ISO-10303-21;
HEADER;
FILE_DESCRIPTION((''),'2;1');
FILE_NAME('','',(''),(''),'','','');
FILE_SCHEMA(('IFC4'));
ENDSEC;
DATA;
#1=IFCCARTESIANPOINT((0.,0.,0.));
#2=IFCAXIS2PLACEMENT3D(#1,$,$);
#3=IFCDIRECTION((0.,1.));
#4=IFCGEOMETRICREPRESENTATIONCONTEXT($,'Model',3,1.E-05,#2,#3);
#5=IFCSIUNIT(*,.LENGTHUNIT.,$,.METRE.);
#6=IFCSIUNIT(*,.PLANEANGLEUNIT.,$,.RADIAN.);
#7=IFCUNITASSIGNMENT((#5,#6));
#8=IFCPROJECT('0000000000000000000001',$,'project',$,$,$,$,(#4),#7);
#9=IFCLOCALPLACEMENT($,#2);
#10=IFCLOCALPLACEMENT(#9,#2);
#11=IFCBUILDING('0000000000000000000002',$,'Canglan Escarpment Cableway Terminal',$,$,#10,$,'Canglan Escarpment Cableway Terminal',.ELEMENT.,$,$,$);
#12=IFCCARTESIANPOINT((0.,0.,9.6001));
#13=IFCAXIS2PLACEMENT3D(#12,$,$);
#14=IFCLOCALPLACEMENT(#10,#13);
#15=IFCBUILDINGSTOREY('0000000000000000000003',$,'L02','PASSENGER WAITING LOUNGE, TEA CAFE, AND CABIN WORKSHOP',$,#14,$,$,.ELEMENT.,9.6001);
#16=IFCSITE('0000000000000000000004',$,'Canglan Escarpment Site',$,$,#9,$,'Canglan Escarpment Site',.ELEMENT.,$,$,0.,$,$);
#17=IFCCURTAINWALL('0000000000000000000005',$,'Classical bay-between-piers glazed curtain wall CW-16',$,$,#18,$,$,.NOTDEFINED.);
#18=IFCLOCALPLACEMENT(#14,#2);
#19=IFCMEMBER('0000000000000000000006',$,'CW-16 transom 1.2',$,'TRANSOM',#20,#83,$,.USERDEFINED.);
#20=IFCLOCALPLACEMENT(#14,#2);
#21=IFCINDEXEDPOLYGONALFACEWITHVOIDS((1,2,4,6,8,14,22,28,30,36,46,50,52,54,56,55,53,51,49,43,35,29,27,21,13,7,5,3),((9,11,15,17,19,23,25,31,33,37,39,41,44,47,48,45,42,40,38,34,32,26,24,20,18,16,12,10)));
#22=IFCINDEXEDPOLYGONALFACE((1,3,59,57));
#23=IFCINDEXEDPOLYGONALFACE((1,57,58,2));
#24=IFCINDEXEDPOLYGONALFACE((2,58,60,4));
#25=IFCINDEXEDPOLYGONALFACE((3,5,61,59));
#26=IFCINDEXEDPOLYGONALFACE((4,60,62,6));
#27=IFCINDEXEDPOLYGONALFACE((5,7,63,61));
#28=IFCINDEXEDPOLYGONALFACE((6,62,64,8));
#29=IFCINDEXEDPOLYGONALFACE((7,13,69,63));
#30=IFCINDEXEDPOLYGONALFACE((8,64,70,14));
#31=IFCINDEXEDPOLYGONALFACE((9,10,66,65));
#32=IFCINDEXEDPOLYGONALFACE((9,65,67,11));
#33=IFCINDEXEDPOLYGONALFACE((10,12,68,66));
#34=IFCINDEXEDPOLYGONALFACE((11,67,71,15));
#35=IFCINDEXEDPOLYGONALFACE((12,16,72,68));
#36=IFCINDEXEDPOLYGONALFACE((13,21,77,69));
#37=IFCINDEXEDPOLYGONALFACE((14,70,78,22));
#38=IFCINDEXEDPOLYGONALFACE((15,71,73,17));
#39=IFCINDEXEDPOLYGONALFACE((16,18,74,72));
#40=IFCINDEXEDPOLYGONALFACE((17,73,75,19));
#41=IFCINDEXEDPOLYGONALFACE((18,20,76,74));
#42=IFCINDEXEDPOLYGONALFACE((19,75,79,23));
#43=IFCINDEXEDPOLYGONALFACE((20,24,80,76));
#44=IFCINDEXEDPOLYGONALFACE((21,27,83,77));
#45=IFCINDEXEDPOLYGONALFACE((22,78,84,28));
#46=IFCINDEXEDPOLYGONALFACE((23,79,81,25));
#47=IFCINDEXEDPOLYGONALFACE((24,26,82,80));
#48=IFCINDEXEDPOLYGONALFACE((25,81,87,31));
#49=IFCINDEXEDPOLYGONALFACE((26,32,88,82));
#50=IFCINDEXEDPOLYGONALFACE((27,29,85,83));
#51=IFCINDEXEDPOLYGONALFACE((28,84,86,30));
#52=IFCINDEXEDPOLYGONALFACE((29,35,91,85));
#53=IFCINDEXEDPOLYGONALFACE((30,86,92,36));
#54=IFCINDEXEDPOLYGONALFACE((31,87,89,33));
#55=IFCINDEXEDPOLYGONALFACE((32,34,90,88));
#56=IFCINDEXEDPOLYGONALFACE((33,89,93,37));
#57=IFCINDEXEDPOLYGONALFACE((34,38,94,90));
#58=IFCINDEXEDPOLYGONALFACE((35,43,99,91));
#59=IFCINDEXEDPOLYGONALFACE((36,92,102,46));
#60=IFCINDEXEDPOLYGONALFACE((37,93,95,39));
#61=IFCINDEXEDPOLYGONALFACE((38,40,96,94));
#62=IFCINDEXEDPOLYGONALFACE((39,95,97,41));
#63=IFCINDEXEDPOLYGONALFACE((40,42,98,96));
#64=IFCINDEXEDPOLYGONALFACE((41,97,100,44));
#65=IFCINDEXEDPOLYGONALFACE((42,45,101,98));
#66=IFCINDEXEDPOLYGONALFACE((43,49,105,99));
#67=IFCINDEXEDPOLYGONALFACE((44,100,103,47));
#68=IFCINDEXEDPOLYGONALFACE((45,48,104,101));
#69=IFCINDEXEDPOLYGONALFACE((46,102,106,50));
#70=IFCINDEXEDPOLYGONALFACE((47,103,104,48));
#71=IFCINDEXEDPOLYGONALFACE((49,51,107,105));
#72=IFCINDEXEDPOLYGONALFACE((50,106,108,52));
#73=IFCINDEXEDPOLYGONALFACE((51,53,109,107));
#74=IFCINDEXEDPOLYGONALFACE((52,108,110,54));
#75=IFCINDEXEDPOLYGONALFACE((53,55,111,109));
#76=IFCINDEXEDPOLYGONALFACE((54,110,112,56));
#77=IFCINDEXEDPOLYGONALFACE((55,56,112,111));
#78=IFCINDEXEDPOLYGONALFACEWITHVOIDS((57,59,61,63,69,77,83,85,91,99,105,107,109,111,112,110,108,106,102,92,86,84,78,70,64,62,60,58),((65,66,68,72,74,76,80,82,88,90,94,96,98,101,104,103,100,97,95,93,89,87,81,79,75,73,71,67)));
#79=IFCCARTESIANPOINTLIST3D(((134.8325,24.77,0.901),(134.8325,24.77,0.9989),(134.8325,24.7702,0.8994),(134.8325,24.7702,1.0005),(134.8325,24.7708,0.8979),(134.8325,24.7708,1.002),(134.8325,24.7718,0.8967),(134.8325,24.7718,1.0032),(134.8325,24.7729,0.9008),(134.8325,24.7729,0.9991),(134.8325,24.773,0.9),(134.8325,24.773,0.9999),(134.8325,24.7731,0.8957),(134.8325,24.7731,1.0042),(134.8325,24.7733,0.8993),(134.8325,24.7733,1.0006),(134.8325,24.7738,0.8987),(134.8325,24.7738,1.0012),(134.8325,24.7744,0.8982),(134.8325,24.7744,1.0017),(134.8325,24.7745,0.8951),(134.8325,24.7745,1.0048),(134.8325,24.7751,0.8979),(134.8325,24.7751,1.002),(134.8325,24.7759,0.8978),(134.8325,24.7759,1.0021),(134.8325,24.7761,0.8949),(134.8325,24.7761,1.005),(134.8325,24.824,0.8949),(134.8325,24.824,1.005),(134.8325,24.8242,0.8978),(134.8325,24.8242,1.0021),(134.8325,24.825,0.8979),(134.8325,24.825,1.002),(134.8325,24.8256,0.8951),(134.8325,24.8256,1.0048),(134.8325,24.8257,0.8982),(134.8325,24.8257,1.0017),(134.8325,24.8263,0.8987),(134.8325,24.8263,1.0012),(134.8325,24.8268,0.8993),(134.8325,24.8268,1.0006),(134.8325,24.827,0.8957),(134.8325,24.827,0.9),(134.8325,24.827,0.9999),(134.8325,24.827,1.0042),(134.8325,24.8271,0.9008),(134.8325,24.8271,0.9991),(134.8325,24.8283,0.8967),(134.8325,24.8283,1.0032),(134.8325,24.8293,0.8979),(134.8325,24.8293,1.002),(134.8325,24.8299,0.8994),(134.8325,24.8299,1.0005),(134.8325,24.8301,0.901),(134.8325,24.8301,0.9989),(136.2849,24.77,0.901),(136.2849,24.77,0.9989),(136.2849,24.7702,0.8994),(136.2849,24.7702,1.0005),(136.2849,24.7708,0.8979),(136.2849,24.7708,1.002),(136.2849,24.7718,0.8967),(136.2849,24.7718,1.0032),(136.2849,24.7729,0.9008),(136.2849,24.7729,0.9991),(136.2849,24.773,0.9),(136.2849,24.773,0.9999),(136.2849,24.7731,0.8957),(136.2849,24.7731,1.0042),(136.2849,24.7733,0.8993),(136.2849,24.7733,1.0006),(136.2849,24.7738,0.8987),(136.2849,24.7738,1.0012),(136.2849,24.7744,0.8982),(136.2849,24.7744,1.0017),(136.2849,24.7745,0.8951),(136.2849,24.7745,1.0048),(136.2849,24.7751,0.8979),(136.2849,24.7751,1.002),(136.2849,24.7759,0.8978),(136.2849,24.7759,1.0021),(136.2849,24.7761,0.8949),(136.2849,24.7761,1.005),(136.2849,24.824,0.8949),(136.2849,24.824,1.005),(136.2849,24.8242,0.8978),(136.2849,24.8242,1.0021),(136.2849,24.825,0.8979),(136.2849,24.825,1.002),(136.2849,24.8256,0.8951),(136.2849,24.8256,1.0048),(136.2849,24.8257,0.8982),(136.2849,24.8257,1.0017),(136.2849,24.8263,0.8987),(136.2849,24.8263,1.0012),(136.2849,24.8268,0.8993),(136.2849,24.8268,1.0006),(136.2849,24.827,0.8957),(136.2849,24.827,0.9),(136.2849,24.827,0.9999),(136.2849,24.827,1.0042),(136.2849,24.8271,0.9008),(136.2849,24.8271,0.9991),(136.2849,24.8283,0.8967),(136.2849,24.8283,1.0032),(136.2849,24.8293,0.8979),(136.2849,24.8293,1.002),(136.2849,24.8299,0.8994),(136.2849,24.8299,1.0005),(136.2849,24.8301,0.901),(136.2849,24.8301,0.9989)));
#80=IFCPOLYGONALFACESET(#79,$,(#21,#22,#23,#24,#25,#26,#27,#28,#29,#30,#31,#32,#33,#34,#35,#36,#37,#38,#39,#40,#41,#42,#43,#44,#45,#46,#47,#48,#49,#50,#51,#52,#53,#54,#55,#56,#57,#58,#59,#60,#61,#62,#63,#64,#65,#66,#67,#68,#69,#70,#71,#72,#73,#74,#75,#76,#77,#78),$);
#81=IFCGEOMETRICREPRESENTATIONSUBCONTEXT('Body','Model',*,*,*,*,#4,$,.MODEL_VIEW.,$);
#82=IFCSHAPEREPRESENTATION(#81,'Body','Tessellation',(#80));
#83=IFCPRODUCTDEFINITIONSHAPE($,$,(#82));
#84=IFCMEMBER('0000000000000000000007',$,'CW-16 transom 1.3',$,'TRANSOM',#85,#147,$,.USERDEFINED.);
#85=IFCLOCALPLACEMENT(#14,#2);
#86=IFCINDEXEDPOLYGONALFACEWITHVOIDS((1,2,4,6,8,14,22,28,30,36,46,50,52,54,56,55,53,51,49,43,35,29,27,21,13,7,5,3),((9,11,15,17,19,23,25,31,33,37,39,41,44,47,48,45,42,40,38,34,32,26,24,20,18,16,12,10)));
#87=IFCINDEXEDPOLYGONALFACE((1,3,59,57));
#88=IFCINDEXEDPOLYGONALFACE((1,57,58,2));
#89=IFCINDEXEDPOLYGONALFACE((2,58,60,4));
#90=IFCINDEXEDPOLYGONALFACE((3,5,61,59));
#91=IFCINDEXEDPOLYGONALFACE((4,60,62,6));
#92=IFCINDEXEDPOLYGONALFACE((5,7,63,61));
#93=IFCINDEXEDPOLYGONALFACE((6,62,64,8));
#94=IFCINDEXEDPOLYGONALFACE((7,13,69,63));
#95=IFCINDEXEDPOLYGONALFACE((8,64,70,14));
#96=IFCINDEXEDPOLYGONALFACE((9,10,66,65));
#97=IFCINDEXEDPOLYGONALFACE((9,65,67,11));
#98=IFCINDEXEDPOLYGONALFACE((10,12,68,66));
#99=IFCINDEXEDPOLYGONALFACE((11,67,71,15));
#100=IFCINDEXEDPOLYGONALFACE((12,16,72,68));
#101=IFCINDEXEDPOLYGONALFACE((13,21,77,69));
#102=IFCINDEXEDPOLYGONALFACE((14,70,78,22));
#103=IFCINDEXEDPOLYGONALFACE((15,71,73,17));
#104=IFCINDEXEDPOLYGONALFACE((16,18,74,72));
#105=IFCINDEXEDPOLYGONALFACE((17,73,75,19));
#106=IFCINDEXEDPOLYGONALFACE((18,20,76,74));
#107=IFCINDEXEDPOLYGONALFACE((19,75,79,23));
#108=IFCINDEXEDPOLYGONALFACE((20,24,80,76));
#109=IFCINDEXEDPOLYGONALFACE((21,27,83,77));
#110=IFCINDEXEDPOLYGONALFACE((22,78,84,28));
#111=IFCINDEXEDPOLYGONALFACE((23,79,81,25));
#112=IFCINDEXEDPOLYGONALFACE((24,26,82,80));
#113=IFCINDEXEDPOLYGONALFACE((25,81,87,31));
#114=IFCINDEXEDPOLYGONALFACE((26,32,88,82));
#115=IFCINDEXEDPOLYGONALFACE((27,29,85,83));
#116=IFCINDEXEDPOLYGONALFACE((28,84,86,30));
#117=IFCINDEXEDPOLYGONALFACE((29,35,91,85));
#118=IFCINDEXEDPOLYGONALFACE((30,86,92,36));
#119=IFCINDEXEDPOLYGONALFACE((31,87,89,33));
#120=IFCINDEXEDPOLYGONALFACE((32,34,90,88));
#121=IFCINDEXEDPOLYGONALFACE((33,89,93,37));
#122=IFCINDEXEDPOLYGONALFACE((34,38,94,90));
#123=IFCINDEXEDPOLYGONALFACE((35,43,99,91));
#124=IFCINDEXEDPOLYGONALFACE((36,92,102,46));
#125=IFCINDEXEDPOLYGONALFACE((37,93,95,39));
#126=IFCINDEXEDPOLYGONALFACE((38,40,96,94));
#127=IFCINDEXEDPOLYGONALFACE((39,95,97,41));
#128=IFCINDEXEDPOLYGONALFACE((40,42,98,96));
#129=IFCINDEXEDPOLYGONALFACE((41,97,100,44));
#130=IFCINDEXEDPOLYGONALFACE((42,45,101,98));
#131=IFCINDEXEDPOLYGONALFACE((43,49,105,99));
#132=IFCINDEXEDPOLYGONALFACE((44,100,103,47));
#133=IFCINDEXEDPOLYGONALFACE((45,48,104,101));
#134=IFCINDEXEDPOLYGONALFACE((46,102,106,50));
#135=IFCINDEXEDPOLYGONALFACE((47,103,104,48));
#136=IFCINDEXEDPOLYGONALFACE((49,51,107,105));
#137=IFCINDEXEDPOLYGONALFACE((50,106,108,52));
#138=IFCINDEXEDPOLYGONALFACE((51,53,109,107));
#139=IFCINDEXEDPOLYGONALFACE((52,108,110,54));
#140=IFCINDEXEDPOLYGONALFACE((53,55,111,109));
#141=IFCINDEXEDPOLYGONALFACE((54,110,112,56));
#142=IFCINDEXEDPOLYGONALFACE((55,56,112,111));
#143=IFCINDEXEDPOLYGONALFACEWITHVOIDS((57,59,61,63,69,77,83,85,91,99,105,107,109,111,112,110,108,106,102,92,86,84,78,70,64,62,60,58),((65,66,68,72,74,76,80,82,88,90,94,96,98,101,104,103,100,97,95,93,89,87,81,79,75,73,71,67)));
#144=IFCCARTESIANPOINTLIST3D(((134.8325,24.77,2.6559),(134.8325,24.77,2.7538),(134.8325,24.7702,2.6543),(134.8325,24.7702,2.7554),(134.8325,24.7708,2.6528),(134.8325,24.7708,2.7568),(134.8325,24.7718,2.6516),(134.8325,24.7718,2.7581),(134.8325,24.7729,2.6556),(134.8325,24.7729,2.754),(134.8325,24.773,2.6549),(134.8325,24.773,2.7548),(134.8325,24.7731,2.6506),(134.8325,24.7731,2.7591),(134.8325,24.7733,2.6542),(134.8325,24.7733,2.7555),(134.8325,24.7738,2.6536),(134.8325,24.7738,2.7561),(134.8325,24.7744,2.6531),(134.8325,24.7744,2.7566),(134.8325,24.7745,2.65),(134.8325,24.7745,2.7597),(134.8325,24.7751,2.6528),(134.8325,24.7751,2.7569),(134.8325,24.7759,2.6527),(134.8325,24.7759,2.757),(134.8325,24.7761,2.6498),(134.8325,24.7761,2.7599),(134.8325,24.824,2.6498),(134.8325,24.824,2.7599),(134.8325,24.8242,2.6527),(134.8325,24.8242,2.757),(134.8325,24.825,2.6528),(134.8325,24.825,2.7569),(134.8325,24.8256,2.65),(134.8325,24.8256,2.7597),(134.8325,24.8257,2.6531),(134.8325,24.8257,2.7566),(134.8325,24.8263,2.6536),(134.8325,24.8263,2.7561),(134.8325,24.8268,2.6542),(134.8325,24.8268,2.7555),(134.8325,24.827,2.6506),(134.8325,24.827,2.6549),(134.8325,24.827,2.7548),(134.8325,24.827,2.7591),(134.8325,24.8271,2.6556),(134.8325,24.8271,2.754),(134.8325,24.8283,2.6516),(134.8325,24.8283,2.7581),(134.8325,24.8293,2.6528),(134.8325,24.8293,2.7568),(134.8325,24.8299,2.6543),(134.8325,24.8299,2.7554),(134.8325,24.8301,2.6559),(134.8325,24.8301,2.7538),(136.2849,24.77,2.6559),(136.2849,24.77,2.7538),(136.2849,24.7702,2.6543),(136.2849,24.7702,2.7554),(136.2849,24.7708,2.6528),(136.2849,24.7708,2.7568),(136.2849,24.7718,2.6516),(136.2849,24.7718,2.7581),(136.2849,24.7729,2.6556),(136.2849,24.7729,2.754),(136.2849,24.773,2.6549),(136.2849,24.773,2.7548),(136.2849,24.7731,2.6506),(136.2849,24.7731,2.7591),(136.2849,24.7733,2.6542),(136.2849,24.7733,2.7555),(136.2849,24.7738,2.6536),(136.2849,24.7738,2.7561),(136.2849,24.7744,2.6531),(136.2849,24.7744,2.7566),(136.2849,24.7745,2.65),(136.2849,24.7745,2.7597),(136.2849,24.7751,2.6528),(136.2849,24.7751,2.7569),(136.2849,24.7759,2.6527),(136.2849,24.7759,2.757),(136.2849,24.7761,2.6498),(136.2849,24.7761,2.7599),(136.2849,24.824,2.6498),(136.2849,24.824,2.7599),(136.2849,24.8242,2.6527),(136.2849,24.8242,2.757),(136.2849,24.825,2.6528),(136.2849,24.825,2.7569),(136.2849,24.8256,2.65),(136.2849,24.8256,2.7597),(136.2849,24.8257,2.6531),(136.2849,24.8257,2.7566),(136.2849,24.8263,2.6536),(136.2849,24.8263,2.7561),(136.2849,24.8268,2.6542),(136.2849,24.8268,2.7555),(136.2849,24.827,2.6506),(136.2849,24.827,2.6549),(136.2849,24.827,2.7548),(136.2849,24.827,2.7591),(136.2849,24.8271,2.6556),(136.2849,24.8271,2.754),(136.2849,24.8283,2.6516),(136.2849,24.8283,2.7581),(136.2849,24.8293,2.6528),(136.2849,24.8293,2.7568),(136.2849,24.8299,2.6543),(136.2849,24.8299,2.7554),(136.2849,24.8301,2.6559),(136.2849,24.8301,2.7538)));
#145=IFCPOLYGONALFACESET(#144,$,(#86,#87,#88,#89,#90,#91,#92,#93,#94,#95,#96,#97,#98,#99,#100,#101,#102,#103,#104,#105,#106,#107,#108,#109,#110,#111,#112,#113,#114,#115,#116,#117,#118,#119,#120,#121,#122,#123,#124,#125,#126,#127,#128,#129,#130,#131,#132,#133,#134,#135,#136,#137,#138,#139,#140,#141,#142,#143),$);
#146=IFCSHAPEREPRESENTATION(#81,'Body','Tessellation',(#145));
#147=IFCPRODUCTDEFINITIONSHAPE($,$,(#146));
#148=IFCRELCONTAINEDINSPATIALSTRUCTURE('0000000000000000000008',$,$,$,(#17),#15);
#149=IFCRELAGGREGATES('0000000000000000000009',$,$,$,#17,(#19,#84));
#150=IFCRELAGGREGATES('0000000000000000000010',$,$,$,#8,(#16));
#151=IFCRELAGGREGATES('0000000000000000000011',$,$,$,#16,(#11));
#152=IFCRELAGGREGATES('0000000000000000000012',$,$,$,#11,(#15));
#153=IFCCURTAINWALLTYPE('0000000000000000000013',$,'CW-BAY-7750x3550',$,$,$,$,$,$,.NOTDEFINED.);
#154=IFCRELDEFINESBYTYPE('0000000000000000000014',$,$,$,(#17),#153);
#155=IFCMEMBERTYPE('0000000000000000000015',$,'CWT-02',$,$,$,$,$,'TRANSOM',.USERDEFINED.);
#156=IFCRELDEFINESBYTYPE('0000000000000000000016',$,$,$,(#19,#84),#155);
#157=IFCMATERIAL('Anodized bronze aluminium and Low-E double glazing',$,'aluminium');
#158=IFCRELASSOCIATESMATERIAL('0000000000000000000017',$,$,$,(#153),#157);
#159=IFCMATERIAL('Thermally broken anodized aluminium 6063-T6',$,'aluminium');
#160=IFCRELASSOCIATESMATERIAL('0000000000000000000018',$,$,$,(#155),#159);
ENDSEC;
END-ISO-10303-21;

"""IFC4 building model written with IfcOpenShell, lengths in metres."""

from ifc_helpers import new_model, si_unit, direction, frame, origin, origin_2d, place, context, subcontext, project, spatial, hollow_rectangle, extrude, material, material_profile, profile_set, type_object, element, aggregate, save


model = new_model("IFC4")

# Units and contexts
model_context = context("Model", 3, precision=1e-05, world=origin(), true_north=direction((0.0, 1.0)))
body_context = subcontext(model_context, "Body", "Model", "MODEL_VIEW")
ifc_project = project(units=[si_unit("LENGTHUNIT", "METRE"), si_unit("PLANEANGLEUNIT", "RADIAN")], contexts=[model_context])

# Site, building, storey
site_placement = place(None, origin())
site = spatial("IfcSite", under=ifc_project, at=site_placement, Name="Canglan Escarpment Site", LongName="Canglan Escarpment Site", CompositionType="ELEMENT", RefElevation=0.0)
building_placement = place(site_placement, origin())
building = spatial("IfcBuilding", under=site, at=building_placement, Name="Canglan Escarpment Cableway Terminal", LongName="Canglan Escarpment Cableway Terminal", CompositionType="ELEMENT")
storey_placement = place(building_placement, frame((0.0, 0.0, 9.6001)))
storey = spatial("IfcBuildingStorey", under=building, at=storey_placement, Name="L02", Description="PASSENGER WAITING LOUNGE, TEA CAFE, AND CABIN WORKSHOP", CompositionType="ELEMENT", Elevation=9.6001)

# Curtain wall, members
ifc_material_1 = material(Name="Anodized bronze aluminium and Low-E double glazing", Category="aluminium")
curtain_wall_type = type_object("IfcCurtainWallType", Name="CW-BAY-7750x3550", PredefinedType="NOTDEFINED", material=ifc_material_1)
curtain_wall_placement = place(storey_placement, origin())
curtain_wall = element("IfcCurtainWall", 1, at=curtain_wall_placement, inside=storey, type_object=curtain_wall_type, Name="Classical bay-between-piers glazed curtain wall CW-16", PredefinedType="NOTDEFINED")
ifc_material_2 = material(Name="Thermally broken anodized aluminium 6063-T6", Category="aluminium")
ifc_material_profile_1 = material_profile(ifc_material_2, hollow_rectangle(XDim=0.0601, YDim=0.1101, WallThickness=0.0029, InnerFilletRadius=0.0029, OuterFilletRadius=0.0061, at=origin_2d()), Name="ALU-TRAN 60x110x3")
ifc_profile_set_1 = profile_set([ifc_material_profile_1], Name="Thermally broken anodized aluminium 6063-T6")
member_type_1 = type_object("IfcMemberType", Name="CWT-02", ElementType="TRANSOM", PredefinedType="USERDEFINED", material=ifc_profile_set_1)
member_1_placement = place(storey_placement, frame((136.2849, 24.8, 0.95), z_axis=(-1.0, 0.0, 0.0), x_axis=(0.0, -1.0, 0.0)))
member_1 = element("IfcMember", 2, at=member_1_placement, type_object=member_type_1, Name="CW-16 transom 1.2", ObjectType="TRANSOM", PredefinedType="USERDEFINED", context=body_context, shape_type="SweptSolid", body=[
    extrude(hollow_rectangle(XDim=0.0601, YDim=0.1101, WallThickness=0.0029, InnerFilletRadius=0.0029, OuterFilletRadius=0.0061, at=origin_2d()), origin(), (0.0, 0.0, 1.0), 1.4524),
])
member_2_placement = place(storey_placement, frame((136.2849, 24.8, 2.7048), z_axis=(-1.0, 0.0, 0.0), x_axis=(0.0, -1.0, 0.0)))
member_2 = element("IfcMember", 3, at=member_2_placement, type_object=member_type_1, Name="CW-16 transom 1.3", ObjectType="TRANSOM", PredefinedType="USERDEFINED", context=body_context, shape_type="SweptSolid", body=[
    extrude(hollow_rectangle(XDim=0.0601, YDim=0.1101, WallThickness=0.0029, InnerFilletRadius=0.0029, OuterFilletRadius=0.0061, at=origin_2d()), origin(), (0.0, 0.0, 1.0), 1.4524),
])
aggregate(curtain_wall, [member_1, member_2])

save(model, "model.ifc")
